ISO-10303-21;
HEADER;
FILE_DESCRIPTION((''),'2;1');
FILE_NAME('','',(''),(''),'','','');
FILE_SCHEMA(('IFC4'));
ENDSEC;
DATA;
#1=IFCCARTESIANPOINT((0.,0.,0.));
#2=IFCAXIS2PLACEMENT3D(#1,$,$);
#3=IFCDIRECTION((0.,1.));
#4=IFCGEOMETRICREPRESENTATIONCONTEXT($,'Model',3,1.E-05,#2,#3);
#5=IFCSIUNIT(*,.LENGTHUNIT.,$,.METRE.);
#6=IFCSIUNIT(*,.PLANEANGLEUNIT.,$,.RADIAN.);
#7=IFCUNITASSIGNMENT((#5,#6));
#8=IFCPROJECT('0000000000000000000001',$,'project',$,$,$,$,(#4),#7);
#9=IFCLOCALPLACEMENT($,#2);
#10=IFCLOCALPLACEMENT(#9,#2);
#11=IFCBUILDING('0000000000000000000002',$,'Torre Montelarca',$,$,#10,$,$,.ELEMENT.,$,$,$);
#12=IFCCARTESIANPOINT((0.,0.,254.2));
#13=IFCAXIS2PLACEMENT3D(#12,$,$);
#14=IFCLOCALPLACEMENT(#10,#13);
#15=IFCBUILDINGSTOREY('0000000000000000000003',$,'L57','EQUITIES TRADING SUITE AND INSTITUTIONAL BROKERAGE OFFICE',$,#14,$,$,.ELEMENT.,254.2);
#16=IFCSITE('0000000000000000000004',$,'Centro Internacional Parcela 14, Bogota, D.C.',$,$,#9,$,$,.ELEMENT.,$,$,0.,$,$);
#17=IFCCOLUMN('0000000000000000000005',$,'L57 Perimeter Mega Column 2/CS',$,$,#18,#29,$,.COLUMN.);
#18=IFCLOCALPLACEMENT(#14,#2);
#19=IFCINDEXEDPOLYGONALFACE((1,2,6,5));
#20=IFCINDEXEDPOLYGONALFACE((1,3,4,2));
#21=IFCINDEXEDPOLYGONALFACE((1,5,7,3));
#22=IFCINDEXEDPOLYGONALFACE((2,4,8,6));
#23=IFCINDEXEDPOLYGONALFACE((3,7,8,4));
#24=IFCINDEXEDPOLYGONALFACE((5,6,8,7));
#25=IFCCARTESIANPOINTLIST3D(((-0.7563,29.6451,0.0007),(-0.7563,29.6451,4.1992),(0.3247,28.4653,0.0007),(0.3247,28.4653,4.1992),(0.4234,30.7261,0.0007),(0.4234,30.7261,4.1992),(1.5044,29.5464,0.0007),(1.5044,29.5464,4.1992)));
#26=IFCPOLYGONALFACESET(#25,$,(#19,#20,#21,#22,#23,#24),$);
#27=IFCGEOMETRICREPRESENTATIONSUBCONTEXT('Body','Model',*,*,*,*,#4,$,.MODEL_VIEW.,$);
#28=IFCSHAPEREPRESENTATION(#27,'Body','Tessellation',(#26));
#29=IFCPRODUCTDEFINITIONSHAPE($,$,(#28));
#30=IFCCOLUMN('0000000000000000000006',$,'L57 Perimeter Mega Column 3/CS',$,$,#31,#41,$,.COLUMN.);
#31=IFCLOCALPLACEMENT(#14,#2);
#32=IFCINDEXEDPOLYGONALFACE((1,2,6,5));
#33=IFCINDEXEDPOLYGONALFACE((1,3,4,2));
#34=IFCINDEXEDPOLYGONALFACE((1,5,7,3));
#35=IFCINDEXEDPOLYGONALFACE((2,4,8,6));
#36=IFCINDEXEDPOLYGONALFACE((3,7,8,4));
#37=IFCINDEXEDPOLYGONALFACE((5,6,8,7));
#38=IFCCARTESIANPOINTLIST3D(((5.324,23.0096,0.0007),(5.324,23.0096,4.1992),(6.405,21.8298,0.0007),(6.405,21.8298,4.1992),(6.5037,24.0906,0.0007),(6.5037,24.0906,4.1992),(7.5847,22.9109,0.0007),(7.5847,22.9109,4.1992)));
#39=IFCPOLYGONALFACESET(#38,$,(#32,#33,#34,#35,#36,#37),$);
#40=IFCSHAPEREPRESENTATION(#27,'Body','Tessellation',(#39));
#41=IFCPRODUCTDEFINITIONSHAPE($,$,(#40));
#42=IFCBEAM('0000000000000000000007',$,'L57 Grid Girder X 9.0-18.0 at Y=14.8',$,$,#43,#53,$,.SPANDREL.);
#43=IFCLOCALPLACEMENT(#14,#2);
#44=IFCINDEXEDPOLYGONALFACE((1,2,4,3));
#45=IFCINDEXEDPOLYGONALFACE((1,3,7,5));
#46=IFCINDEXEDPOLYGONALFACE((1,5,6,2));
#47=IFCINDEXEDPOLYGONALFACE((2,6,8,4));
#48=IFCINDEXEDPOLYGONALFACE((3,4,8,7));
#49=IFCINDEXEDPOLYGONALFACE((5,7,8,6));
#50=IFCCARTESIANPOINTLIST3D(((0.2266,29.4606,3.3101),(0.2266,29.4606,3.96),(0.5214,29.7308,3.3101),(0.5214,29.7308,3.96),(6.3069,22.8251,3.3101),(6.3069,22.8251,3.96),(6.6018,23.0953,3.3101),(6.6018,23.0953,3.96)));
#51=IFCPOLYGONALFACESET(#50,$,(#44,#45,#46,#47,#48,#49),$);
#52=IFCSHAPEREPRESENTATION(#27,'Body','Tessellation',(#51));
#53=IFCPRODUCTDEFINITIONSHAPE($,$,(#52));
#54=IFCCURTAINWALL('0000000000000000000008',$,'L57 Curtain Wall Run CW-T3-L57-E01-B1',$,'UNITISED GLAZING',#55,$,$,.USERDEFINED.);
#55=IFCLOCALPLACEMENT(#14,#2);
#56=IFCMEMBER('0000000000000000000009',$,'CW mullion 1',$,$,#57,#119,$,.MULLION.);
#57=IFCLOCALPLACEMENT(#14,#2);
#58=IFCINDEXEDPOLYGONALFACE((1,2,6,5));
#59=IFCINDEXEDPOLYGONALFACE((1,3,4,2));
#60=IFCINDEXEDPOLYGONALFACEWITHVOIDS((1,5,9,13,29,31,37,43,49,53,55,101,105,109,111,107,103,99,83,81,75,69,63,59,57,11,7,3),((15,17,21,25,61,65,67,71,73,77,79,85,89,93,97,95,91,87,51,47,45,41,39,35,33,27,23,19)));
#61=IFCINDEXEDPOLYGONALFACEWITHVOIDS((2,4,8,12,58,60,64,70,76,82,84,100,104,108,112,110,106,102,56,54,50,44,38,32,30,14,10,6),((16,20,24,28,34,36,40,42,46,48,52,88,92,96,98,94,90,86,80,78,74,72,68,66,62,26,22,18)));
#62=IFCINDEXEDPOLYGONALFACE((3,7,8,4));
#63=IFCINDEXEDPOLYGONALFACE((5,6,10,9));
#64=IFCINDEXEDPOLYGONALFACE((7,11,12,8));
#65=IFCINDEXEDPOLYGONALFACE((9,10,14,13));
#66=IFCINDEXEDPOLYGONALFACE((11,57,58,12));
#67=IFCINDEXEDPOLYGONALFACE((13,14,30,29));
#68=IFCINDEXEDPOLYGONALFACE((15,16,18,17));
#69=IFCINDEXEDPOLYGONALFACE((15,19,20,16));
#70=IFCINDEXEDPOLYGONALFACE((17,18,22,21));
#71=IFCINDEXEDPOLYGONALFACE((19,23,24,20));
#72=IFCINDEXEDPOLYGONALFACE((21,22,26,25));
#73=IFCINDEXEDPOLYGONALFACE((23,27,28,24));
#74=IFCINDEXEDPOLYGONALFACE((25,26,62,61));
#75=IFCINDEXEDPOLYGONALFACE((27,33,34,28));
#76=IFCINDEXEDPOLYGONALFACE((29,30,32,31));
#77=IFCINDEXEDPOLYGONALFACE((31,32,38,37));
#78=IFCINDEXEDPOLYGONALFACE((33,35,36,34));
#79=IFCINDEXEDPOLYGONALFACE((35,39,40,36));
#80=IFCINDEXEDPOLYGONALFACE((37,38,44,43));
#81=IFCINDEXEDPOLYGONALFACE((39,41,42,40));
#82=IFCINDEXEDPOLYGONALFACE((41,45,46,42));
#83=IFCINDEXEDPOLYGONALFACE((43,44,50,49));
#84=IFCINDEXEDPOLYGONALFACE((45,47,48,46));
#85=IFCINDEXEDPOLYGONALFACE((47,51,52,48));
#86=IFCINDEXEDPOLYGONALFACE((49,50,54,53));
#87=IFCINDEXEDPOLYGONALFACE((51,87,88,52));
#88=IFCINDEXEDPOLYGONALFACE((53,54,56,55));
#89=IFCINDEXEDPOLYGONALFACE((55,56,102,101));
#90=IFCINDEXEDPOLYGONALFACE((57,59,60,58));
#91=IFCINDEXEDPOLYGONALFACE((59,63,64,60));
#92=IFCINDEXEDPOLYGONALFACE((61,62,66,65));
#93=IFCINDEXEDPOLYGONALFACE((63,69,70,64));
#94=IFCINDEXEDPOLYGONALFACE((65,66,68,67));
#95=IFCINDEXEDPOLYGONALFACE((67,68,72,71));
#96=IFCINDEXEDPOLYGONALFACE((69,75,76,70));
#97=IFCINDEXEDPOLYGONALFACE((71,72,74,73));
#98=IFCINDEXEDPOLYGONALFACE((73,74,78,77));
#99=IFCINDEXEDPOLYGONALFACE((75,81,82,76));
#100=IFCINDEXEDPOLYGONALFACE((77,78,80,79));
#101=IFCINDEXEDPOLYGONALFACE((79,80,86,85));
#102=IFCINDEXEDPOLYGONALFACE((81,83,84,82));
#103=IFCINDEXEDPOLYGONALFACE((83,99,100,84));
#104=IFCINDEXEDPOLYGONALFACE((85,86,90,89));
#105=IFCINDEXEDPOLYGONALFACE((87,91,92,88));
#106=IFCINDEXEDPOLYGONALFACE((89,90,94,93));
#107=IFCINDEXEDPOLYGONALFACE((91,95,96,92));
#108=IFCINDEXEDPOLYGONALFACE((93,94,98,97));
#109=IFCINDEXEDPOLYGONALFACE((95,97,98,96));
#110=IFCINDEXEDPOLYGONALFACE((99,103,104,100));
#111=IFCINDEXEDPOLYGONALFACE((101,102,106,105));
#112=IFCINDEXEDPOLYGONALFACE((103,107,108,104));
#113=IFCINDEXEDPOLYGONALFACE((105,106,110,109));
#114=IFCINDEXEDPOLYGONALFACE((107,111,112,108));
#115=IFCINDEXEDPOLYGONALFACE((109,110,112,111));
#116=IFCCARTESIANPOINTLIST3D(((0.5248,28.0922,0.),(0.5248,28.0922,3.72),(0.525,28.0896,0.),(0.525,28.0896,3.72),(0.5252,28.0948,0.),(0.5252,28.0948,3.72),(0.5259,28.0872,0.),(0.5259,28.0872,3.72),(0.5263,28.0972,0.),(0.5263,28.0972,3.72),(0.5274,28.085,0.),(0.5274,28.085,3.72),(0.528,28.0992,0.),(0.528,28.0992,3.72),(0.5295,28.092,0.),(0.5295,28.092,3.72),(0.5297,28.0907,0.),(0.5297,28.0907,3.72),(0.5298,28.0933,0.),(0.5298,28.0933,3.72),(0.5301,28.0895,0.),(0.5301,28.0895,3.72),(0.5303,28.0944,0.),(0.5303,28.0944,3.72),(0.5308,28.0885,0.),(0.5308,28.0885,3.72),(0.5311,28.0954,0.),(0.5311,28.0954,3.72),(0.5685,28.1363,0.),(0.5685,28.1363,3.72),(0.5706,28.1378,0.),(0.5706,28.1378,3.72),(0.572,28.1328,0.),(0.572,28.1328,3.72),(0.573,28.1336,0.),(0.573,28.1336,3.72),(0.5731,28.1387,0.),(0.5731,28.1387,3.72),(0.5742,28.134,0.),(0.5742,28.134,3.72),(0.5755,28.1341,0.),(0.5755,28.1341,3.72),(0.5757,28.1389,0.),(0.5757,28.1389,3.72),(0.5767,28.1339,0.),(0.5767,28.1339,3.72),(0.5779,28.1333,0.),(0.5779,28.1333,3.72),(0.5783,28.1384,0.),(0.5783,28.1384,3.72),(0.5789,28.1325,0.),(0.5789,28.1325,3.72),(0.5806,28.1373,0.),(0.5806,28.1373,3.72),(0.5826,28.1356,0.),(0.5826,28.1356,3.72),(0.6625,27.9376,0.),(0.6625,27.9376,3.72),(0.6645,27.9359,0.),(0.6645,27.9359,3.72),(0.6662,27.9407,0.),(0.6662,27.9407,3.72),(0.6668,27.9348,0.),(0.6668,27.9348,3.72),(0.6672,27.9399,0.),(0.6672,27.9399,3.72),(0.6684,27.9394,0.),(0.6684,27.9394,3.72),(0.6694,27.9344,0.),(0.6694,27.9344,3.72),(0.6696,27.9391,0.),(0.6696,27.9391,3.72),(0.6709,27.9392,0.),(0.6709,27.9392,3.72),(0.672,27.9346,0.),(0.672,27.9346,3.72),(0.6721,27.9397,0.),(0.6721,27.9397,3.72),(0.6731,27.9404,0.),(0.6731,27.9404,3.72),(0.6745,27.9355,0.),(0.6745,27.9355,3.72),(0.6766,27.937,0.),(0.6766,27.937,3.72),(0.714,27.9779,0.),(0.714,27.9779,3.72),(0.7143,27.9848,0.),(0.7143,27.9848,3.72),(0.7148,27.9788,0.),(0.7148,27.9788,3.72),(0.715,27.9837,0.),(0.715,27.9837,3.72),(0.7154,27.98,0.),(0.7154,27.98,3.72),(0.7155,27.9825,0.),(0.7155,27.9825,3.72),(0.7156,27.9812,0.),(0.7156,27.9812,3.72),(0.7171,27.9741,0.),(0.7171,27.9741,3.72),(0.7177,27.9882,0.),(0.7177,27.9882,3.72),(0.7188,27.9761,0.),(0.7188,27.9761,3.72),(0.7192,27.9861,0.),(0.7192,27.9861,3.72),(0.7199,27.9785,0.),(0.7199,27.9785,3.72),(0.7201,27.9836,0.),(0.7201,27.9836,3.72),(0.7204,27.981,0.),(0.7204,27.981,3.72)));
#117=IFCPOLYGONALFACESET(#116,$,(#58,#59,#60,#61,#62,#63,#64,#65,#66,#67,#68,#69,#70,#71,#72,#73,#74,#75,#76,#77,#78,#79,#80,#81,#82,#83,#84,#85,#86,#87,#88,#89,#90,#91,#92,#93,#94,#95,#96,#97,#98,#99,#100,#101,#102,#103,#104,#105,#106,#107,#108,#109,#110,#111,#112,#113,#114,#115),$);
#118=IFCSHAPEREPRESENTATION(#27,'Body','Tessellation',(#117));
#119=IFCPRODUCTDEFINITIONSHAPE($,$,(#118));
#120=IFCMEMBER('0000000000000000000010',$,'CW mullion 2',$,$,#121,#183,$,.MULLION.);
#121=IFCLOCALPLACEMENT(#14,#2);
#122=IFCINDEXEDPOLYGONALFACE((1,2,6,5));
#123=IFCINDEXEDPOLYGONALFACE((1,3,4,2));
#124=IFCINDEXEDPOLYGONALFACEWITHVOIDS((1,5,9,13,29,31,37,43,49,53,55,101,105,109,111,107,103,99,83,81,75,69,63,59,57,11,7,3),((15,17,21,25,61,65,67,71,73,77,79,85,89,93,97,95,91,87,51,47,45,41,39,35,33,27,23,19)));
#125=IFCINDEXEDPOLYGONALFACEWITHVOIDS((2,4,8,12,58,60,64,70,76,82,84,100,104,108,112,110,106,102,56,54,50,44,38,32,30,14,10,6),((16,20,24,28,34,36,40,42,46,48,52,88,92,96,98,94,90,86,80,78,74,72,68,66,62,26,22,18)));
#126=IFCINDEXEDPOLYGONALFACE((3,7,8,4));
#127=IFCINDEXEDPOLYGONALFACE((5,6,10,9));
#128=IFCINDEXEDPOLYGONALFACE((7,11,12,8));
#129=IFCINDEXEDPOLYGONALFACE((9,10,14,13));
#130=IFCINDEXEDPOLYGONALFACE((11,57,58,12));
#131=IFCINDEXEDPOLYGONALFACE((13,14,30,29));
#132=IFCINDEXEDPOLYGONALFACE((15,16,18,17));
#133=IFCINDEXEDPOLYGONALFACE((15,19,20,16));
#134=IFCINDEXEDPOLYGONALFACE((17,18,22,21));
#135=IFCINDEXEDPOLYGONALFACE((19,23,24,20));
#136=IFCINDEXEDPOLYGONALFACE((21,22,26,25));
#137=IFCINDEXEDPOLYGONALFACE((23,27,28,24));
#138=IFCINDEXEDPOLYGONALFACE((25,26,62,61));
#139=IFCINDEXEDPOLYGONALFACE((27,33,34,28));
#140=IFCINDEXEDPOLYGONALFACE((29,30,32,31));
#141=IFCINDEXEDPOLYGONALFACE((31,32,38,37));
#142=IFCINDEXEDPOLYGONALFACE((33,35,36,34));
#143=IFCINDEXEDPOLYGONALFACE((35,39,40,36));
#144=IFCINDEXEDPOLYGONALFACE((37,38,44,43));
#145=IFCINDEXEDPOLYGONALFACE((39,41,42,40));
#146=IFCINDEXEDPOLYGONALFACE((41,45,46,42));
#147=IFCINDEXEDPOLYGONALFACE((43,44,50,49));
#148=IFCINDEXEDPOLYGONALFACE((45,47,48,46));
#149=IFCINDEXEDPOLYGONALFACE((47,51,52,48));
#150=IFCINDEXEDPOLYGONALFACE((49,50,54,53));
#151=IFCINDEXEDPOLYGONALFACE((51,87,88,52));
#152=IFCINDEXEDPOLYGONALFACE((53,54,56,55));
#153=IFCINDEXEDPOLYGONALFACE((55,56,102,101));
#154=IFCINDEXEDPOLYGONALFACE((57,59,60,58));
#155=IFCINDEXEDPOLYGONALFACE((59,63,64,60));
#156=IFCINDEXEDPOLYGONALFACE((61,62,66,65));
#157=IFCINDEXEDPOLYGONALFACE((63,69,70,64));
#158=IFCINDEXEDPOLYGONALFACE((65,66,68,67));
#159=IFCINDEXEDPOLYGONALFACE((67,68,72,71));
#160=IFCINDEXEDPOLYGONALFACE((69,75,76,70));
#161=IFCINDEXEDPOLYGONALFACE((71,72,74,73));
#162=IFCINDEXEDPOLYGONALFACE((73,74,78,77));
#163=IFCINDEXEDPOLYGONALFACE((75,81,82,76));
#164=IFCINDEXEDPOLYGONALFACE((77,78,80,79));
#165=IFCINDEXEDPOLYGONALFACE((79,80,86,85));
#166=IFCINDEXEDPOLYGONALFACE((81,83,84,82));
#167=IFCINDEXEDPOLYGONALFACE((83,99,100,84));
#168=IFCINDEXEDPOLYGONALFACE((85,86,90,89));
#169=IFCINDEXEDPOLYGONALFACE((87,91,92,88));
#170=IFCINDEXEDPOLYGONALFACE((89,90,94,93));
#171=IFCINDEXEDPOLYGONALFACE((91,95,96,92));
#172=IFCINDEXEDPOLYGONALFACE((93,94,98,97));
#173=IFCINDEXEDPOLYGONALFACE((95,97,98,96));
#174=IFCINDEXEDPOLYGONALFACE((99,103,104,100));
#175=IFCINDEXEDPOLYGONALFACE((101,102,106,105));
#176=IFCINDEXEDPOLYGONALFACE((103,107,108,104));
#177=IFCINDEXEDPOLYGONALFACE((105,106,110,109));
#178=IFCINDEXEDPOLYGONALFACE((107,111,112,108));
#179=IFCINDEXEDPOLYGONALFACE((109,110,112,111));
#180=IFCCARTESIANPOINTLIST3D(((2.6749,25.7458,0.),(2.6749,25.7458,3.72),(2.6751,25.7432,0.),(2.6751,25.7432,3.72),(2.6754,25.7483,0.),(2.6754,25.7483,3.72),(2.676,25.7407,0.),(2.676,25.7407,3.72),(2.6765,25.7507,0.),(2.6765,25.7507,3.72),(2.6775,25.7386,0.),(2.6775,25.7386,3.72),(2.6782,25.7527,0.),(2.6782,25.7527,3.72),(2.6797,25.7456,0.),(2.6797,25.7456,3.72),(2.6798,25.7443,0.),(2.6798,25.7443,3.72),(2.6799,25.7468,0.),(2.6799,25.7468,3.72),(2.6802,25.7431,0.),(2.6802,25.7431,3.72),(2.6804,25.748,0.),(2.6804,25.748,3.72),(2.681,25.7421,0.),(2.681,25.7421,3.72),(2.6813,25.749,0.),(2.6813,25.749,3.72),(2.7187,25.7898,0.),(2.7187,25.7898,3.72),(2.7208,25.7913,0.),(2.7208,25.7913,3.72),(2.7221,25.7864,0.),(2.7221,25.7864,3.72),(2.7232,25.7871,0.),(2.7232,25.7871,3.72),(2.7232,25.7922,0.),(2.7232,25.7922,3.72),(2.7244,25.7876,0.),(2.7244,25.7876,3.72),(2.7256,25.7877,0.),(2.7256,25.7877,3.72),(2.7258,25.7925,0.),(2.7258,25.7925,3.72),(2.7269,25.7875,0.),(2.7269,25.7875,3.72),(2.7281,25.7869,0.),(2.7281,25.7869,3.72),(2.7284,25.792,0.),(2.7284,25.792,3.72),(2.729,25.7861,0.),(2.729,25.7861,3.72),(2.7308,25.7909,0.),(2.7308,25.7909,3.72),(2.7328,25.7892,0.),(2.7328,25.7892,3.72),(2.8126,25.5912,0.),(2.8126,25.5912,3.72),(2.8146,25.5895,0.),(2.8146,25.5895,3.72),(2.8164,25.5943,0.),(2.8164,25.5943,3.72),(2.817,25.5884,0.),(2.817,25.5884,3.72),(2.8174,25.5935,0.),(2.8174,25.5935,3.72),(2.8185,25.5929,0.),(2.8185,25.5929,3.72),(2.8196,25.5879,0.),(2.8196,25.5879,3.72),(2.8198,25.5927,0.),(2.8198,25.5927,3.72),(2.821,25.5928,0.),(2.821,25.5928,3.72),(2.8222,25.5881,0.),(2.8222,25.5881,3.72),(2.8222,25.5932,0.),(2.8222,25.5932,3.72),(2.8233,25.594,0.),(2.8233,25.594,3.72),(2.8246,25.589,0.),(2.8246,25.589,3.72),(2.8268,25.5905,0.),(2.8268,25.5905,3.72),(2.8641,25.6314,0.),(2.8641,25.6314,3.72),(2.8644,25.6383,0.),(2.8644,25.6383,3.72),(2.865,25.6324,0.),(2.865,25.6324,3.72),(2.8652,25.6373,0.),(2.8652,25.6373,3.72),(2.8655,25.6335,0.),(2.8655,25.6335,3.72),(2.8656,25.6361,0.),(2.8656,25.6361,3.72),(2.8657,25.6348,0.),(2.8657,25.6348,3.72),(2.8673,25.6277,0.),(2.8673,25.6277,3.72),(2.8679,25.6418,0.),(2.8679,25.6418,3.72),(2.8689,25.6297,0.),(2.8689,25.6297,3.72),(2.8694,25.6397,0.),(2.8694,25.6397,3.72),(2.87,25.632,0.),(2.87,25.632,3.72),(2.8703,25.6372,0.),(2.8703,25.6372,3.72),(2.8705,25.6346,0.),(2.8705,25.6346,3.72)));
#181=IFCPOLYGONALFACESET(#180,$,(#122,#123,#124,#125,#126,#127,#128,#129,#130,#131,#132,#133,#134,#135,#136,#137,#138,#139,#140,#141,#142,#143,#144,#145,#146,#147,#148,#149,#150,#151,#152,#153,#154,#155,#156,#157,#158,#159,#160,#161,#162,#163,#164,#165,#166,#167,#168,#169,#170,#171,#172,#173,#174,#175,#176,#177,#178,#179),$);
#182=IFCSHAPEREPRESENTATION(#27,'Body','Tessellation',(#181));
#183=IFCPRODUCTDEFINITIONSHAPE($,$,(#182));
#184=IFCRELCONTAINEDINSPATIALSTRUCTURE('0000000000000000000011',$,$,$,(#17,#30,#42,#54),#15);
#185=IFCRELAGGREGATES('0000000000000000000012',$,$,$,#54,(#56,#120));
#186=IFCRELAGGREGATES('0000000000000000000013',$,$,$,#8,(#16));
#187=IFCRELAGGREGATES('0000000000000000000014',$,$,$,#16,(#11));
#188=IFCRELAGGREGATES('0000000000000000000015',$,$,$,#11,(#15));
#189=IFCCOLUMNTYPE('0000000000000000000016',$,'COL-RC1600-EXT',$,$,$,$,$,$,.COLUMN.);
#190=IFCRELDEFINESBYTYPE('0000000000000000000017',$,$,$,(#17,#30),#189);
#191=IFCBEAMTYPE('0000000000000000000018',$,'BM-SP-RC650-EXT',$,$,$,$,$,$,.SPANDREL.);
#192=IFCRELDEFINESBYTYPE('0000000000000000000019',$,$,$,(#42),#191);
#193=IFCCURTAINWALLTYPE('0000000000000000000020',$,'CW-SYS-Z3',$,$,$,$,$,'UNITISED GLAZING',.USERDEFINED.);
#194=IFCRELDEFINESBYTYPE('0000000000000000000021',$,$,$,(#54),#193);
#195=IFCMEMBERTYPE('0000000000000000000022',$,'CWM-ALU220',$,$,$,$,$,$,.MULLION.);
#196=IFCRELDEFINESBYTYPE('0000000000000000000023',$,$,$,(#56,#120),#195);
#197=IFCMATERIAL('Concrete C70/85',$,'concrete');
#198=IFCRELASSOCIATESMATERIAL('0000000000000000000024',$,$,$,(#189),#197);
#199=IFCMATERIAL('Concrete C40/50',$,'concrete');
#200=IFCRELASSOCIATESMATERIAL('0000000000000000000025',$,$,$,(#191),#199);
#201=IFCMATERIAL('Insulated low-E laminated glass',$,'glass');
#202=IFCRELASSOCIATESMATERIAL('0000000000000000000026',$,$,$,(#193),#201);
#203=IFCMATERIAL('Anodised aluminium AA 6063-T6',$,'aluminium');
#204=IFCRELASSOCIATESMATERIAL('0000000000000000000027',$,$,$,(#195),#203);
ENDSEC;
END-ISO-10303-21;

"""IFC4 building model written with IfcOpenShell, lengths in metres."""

from ifc_helpers import new_model, si_unit, direction, frame, origin, origin_2d, place, context, subcontext, project, spatial, rectangle, hollow_rectangle, extrude, source, transform, mapped, material, material_profile, profile_set, type_object, element, aggregate, save


model = new_model("IFC4")

# Units and contexts
model_context = context("Model", 3, precision=1e-05, world=origin(), true_north=direction((0.0, 1.0)))
body_context = subcontext(model_context, "Body", "Model", "MODEL_VIEW")
ifc_project = project(units=[si_unit("LENGTHUNIT", "METRE"), si_unit("PLANEANGLEUNIT", "RADIAN")], contexts=[model_context])

# Site, building, storey
site_placement = place(None, origin())
site = spatial("IfcSite", under=ifc_project, at=site_placement, Name="Centro Internacional Parcela 14, Bogota, D.C.", CompositionType="ELEMENT", RefElevation=0.0)
building_placement = place(site_placement, origin())
building = spatial("IfcBuilding", under=site, at=building_placement, Name="Torre Montelarca", CompositionType="ELEMENT")
storey_placement = place(building_placement, frame((0.0, 0.0, 254.2)))
storey = spatial("IfcBuildingStorey", under=building, at=storey_placement, Name="L57", Description="EQUITIES TRADING SUITE AND INSTITUTIONAL BROKERAGE OFFICE", CompositionType="ELEMENT", Elevation=254.2)

# Columns
ifc_material_1 = material(Name="Concrete C70/85", Category="concrete")
ifc_material_profile_1 = material_profile(ifc_material_1, rectangle(XDim=1.6001, YDim=1.6001, at=origin_2d()), Name="RC1600X1600", Category="concrete")
ifc_profile_set_1 = profile_set([ifc_material_profile_1], Name="Concrete C70/85")
column_type = type_object("IfcColumnType", Name="COL-RC1600-EXT", PredefinedType="COLUMN", material=ifc_profile_set_1)
shared_shape_1 = source(origin(), body_context, "Body", "SweptSolid", [
    extrude(rectangle(XDim=1.6001, YDim=1.6001, at=origin_2d()), origin(), (0.0, 0.0, 1.0), 4.1985),
])
for number, where, z_axis, x_axis, name in (
    (1, (0.374, 29.5957, 0.0007), (0.0, 0.0, 1.0), (-0.67559, 0.737277, 0.0), "L57 Perimeter Mega Column 2/CS"),
    (2, (6.4543, 22.9602, 0.0007), (0.0, 0.0, 1.0), (-0.67559, 0.737277, 0.0), "L57 Perimeter Mega Column 3/CS"),
):
    element("IfcColumn", number, at=place(storey_placement, frame(where, z_axis=z_axis, x_axis=x_axis)), inside=storey, type_object=column_type, Name=name, PredefinedType="COLUMN", context=body_context, shape_type="MappedRepresentation", body=[
        mapped(shared_shape_1, transform((0.0, 0.0, 0.0), scale=1.0)),
    ])

# Beam
ifc_material_2 = material(Name="Concrete C40/50", Category="concrete")
ifc_material_profile_2 = material_profile(ifc_material_2, rectangle(XDim=0.3999, YDim=0.6499, at=origin_2d()), Name="RCB400X650", Category="concrete")
ifc_profile_set_2 = profile_set([ifc_material_profile_2], Name="Concrete C40/50")
beam_type = type_object("IfcBeamType", Name="BM-SP-RC650-EXT", PredefinedType="SPANDREL", material=ifc_profile_set_2)
shared_shape_2 = source(origin(), body_context, "Body", "SweptSolid", [
    extrude(rectangle(XDim=0.3999, YDim=0.6499, at=origin_2d()), origin(), (0.0, 0.0, 1.0), 9.0),
])
beam_placement = place(storey_placement, frame((0.374, 29.5957, 3.635), z_axis=(0.675591, -0.737277, 0.0), x_axis=(0.737277, 0.675591, 0.0)))
element("IfcBeam", 3, at=beam_placement, inside=storey, type_object=beam_type, Name="L57 Grid Girder X 9.0-18.0 at Y=14.8", PredefinedType="SPANDREL", context=body_context, shape_type="MappedRepresentation", body=[
    mapped(shared_shape_2, transform((0.0, 0.0, 0.0), scale=1.0)),
])

# Curtain wall, members
ifc_material_3 = material(Name="Insulated low-E laminated glass", Category="glass")
curtain_wall_type = type_object("IfcCurtainWallType", Name="CW-SYS-Z3", ElementType="UNITISED GLAZING", PredefinedType="USERDEFINED", material=ifc_material_3)
curtain_wall_placement = place(storey_placement, origin())
curtain_wall = element("IfcCurtainWall", 4, at=curtain_wall_placement, inside=storey, type_object=curtain_wall_type, Name="L57 Curtain Wall Run CW-T3-L57-E01-B1", ObjectType="UNITISED GLAZING", PredefinedType="USERDEFINED")
ifc_material_4 = material(Name="Anodised aluminium AA 6063-T6", Category="aluminium")
ifc_material_profile_3 = material_profile(ifc_material_4, hollow_rectangle(XDim=0.075, YDim=0.22, WallThickness=0.0049, InnerFilletRadius=0.0049, OuterFilletRadius=0.01, at=origin_2d()), Name="ALU75X220X5", Category="aluminium")
ifc_profile_set_3 = profile_set([ifc_material_profile_3], Name="Anodised aluminium AA 6063-T6")
member_type_1 = type_object("IfcMemberType", Name="CWM-ALU220", PredefinedType="MULLION", material=ifc_profile_set_3)
shared_shape_3 = source(origin(), body_context, "Body", "SweptSolid", [
    extrude(hollow_rectangle(XDim=0.075, YDim=0.22, WallThickness=0.0049, InnerFilletRadius=0.0049, OuterFilletRadius=0.01, at=origin_2d()), origin(), (0.0, 0.0, 1.0), 3.72),
])
member_1_placement = place(storey_placement, frame((0.6226, 28.0366, 0.0), z_axis=(0.0, 0.0, 1.0), x_axis=(0.73728, 0.675588, 0.0)))
member_1 = element("IfcMember", 5, at=member_1_placement, type_object=member_type_1, Name="CW mullion 1", PredefinedType="MULLION", context=body_context, shape_type="MappedRepresentation", body=[
    mapped(shared_shape_3, transform((0.0, 0.0, 0.0), scale=1.0)),
])
member_2_placement = place(storey_placement, frame((2.7727, 25.6902, 0.0), z_axis=(0.0, 0.0, 1.0), x_axis=(0.73728, 0.675588, 0.0)))
member_2 = element("IfcMember", 6, at=member_2_placement, type_object=member_type_1, Name="CW mullion 2", PredefinedType="MULLION", context=body_context, shape_type="MappedRepresentation", body=[
    mapped(shared_shape_3, transform((0.0, 0.0, 0.0), scale=1.0)),
])
aggregate(curtain_wall, [member_1, member_2])

save(model, "model.ifc")
